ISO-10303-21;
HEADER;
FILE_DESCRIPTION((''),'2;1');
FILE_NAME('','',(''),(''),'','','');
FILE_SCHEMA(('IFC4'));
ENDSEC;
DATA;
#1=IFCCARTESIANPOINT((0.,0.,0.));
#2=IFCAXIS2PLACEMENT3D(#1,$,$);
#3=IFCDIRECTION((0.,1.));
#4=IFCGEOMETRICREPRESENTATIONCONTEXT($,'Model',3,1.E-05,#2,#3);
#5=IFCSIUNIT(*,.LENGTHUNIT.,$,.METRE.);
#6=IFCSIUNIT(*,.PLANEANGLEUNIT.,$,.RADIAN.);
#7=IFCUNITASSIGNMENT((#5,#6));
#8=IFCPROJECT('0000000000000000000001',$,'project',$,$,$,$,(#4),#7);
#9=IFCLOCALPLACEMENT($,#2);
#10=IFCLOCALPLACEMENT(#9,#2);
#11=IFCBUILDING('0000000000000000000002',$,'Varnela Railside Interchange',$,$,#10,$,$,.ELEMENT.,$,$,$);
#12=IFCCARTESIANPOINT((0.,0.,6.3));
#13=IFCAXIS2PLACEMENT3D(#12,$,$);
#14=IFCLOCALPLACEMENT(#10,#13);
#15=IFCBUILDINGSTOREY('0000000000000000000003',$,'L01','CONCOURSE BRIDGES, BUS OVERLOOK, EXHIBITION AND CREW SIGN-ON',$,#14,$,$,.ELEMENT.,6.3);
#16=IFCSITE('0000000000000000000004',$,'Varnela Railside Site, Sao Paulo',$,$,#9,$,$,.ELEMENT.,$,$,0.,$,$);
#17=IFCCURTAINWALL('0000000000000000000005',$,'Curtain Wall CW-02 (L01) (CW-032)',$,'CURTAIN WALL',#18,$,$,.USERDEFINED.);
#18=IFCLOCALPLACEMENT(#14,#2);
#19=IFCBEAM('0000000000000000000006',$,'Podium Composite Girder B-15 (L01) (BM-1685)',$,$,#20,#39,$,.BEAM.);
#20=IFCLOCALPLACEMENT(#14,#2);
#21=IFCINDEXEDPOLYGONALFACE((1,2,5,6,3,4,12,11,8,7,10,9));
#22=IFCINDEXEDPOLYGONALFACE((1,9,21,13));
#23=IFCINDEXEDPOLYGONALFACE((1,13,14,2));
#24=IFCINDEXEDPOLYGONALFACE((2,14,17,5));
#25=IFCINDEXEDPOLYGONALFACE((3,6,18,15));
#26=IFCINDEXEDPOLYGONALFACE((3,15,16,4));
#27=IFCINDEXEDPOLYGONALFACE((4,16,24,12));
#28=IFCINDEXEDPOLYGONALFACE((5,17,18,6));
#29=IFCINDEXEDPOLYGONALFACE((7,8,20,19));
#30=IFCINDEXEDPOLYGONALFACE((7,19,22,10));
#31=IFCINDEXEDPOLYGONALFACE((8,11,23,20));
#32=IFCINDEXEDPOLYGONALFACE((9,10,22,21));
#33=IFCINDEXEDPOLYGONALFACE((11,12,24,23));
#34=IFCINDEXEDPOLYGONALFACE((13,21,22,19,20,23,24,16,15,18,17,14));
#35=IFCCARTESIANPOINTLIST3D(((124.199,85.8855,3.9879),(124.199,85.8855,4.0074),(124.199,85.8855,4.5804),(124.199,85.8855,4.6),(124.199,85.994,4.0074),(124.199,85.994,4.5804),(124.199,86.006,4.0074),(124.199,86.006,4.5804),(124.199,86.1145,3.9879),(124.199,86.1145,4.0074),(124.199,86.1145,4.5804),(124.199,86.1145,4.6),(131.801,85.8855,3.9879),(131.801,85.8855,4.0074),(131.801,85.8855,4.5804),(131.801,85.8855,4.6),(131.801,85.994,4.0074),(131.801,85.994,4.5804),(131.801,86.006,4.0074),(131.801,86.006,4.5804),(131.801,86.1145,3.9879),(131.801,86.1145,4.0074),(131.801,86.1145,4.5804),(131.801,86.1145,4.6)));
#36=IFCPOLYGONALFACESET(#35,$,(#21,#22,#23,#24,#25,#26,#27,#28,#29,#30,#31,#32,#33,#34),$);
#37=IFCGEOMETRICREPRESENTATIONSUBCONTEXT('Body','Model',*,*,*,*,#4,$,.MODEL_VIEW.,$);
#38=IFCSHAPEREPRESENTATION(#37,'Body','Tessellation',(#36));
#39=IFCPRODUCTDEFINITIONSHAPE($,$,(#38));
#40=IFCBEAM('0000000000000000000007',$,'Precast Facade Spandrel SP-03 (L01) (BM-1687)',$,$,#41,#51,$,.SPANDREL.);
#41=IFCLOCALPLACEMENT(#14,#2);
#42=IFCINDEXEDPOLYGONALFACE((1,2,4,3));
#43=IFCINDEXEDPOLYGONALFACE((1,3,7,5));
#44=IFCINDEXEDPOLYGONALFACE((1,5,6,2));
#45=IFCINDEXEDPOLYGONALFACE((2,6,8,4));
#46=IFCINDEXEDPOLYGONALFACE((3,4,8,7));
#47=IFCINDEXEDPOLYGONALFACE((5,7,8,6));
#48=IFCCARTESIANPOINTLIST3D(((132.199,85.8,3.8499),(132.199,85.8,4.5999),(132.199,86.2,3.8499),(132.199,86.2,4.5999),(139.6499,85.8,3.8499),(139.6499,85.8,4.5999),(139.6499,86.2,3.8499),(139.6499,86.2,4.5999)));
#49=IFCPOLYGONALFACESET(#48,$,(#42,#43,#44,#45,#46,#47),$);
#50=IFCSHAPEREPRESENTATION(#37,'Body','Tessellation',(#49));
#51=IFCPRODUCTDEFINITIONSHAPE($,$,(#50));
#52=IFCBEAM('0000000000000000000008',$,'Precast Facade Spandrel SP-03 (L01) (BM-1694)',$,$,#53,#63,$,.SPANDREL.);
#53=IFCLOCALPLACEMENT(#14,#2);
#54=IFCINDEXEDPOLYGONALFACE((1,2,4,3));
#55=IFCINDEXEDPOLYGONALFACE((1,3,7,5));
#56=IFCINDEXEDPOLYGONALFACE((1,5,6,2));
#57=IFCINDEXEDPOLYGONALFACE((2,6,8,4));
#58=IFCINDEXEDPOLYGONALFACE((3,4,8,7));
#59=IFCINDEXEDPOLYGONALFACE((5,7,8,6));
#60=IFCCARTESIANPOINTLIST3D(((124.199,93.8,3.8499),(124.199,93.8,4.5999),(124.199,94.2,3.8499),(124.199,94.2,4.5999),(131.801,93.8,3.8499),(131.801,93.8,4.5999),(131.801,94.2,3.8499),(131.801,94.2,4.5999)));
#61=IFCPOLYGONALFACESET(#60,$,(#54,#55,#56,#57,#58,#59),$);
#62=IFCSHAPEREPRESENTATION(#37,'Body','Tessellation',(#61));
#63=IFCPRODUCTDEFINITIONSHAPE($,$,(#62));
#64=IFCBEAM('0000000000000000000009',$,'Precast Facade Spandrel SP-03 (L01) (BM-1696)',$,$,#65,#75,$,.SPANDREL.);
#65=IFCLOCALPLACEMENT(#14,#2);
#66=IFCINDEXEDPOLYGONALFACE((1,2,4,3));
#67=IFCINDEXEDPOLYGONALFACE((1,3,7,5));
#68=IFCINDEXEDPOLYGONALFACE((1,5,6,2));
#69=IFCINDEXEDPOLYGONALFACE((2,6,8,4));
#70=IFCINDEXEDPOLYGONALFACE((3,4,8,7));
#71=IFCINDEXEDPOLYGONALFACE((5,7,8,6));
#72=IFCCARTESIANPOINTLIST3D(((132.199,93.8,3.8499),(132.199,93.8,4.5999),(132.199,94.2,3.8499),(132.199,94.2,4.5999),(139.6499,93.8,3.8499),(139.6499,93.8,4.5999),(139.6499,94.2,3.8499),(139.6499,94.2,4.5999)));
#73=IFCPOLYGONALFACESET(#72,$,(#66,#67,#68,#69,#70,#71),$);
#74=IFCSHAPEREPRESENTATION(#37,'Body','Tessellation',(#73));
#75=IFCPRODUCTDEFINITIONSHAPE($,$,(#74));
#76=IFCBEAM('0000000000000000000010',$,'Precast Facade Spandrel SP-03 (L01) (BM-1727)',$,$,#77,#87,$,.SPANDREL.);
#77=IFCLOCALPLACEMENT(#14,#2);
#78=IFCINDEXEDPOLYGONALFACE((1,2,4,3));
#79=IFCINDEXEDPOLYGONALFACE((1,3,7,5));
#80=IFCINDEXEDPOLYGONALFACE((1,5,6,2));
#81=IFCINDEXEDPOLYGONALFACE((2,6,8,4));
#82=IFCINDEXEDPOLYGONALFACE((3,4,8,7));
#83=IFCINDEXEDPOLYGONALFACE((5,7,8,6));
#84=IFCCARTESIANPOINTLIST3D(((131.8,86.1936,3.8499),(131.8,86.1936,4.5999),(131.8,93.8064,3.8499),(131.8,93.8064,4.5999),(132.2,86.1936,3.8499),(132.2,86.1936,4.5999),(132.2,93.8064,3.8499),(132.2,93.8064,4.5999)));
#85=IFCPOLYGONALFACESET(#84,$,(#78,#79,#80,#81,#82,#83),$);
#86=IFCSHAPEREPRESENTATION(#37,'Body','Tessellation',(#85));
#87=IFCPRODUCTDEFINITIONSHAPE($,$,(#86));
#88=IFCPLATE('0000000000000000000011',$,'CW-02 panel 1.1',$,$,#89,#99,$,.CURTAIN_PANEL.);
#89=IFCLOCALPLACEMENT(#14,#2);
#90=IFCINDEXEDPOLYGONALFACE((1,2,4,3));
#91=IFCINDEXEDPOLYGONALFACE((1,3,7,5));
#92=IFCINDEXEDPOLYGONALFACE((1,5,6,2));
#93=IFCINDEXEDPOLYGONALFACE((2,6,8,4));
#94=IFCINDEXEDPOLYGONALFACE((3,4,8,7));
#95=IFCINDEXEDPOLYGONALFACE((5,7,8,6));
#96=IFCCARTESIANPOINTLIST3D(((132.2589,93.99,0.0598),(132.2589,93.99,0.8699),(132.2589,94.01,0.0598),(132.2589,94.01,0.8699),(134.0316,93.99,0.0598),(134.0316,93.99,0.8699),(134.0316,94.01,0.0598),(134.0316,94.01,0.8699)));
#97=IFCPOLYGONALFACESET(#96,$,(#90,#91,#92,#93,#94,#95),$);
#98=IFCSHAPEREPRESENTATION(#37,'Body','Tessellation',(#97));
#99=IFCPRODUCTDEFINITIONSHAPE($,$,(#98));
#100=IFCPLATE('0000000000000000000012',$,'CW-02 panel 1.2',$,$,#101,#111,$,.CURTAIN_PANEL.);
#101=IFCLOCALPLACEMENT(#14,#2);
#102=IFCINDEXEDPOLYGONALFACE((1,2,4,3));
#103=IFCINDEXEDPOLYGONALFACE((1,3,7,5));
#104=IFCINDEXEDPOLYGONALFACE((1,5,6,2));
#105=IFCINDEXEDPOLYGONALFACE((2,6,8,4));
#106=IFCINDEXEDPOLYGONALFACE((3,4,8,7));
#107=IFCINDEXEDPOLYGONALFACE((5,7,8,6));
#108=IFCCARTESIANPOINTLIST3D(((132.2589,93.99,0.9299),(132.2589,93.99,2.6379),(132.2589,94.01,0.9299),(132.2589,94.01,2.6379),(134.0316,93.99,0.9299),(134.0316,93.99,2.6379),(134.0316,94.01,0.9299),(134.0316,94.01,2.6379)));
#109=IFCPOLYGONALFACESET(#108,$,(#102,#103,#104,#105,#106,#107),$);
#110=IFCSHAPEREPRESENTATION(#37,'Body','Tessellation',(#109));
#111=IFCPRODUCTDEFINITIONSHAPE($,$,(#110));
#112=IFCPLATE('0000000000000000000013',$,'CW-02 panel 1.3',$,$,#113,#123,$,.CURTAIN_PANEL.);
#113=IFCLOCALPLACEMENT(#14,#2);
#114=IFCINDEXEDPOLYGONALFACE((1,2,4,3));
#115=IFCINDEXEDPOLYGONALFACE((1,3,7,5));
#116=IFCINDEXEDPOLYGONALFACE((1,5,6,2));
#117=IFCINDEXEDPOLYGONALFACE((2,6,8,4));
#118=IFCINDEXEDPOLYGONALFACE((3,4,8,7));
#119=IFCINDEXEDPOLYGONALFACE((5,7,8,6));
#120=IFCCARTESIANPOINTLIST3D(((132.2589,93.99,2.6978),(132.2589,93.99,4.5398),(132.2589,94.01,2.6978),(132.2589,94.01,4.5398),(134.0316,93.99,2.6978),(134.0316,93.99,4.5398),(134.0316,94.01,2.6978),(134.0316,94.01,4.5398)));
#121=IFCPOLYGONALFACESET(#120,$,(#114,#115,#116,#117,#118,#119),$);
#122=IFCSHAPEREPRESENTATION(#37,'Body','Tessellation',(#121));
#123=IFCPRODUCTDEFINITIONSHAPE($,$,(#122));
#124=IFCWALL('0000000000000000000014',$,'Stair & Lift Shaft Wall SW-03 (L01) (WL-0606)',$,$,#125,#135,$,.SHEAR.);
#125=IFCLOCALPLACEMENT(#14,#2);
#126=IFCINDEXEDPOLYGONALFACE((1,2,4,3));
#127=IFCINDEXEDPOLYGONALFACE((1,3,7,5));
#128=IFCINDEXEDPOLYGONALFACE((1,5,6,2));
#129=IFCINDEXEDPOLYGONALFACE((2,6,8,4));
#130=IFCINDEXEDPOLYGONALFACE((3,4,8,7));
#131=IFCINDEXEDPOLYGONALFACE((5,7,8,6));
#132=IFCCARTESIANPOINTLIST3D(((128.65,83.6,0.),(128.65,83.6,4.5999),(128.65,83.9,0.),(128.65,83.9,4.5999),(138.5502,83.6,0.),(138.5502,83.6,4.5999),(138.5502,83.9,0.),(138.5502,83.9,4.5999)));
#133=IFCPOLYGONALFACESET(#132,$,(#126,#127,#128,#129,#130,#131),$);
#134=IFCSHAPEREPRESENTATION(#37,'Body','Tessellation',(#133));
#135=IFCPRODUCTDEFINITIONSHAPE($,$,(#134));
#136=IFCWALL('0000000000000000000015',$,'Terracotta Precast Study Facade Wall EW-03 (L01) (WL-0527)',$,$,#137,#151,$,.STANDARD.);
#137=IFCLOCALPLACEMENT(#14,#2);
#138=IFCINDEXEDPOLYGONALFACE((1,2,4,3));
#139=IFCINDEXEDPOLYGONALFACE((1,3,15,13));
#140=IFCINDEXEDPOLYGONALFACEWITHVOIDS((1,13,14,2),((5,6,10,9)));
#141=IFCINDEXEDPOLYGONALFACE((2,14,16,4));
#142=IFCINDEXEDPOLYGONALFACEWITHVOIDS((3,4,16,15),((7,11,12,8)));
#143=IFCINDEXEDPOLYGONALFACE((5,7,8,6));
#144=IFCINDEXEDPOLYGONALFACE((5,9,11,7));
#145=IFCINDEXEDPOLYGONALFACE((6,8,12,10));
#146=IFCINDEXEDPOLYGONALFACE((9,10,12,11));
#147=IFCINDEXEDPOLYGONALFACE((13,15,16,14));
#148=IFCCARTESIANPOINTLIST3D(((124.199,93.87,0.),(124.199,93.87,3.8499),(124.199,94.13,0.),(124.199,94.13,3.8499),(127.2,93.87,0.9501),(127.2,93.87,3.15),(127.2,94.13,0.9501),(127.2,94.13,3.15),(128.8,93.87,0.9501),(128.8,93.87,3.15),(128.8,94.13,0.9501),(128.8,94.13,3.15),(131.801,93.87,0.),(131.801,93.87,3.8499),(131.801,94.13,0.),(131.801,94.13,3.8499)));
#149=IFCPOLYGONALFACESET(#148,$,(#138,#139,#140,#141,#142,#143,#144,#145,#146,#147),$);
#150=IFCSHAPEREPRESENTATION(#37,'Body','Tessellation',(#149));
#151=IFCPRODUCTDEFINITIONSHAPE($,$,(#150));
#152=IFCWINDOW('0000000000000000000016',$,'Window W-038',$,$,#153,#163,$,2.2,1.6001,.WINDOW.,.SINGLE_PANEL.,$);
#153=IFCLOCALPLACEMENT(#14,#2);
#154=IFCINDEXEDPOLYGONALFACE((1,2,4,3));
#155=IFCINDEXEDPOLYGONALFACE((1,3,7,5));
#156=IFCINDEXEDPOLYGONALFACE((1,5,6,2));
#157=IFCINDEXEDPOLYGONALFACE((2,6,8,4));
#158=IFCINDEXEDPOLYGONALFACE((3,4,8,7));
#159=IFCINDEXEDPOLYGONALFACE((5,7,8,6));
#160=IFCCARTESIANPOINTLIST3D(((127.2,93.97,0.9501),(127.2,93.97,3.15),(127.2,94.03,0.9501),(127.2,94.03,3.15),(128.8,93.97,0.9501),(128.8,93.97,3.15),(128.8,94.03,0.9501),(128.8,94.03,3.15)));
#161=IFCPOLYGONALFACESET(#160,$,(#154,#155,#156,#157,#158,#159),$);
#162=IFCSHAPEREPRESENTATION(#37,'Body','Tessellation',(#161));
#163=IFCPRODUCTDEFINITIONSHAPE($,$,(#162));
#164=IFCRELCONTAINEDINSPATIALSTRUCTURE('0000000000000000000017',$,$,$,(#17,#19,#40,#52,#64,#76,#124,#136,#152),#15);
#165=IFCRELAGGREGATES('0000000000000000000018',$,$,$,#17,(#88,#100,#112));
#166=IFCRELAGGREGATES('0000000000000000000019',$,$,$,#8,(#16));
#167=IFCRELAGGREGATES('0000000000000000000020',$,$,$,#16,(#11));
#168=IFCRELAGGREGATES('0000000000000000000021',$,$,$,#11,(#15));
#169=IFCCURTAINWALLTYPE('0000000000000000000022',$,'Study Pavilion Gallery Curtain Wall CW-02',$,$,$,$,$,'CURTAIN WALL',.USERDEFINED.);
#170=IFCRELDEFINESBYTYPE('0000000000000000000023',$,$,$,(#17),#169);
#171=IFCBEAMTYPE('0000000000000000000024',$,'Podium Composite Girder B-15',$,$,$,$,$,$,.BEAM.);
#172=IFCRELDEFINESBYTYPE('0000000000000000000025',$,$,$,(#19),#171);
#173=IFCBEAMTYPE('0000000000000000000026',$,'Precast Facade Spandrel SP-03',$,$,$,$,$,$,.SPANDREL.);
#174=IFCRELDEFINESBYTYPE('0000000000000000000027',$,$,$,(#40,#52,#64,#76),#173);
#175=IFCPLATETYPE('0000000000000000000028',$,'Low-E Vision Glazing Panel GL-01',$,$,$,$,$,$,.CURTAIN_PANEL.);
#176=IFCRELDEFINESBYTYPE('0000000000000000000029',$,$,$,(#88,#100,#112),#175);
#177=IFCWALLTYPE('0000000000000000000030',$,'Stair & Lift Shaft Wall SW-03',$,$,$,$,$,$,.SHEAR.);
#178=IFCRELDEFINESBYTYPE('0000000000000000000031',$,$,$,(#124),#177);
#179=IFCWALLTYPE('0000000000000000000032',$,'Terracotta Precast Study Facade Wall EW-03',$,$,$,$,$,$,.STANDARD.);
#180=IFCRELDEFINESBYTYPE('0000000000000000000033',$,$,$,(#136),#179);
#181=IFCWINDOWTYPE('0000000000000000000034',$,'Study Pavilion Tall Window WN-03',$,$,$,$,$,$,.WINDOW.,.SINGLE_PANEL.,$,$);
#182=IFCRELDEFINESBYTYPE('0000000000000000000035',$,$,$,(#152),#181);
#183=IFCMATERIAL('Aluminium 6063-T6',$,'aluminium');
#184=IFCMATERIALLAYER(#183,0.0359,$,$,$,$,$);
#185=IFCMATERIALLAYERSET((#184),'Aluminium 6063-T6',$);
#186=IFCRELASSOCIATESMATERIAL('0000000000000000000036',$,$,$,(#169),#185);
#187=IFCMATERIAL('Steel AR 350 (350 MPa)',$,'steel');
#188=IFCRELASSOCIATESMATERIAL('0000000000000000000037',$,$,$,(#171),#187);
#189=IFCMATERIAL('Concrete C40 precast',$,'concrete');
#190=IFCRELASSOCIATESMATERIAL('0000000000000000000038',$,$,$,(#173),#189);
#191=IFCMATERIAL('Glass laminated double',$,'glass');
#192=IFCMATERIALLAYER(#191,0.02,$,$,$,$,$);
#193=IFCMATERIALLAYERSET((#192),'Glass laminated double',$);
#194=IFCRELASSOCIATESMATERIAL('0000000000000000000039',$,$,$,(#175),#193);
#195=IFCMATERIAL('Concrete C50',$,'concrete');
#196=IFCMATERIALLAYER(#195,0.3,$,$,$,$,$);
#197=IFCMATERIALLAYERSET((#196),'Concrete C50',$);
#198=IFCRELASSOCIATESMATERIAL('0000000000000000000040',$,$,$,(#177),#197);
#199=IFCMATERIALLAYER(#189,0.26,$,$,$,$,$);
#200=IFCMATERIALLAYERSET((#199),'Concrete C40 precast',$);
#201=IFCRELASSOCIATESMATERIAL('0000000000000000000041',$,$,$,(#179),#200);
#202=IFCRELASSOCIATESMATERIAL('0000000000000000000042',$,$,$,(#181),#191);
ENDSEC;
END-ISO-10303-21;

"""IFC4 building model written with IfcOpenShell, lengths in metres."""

from ifc_helpers import new_model, si_unit, direction, frame, frame_2d, origin, origin_2d, place, context, subcontext, project, spatial, rectangle, i_section, extrude, material, layer, layer_set, material_profile, profile_set, type_object, element, fill, aggregate, save


model = new_model("IFC4")

# Units and contexts
model_context = context("Model", 3, precision=1e-05, world=origin(), true_north=direction((0.0, 1.0)))
body_context = subcontext(model_context, "Body", "Model", "MODEL_VIEW")
ifc_project = project(units=[si_unit("LENGTHUNIT", "METRE"), si_unit("PLANEANGLEUNIT", "RADIAN")], contexts=[model_context])

# Site, building, storey
site_placement = place(None, origin())
site = spatial("IfcSite", under=ifc_project, at=site_placement, Name="Varnela Railside Site, Sao Paulo", CompositionType="ELEMENT", RefElevation=0.0)
building_placement = place(site_placement, origin())
building = spatial("IfcBuilding", under=site, at=building_placement, Name="Varnela Railside Interchange", CompositionType="ELEMENT")
storey_placement = place(building_placement, frame((0.0, 0.0, 6.3)))
storey = spatial("IfcBuildingStorey", under=building, at=storey_placement, Name="L01", Description="CONCOURSE BRIDGES, BUS OVERLOOK, EXHIBITION AND CREW SIGN-ON", CompositionType="ELEMENT", Elevation=6.3)

# Shared definitions
ifc_material_1 = material(Name="Steel AR 350 (350 MPa)", Category="steel")

# Curtain wall
ifc_material_2 = material(Name="Aluminium 6063-T6", Category="aluminium")
ifc_layer_1 = layer(ifc_material_2, 0.0359)
ifc_layer_set_1 = layer_set([ifc_layer_1], Name="Aluminium 6063-T6")
curtain_wall_type = type_object("IfcCurtainWallType", Name="Study Pavilion Gallery Curtain Wall CW-02", ElementType="CURTAIN WALL", PredefinedType="USERDEFINED", material=ifc_layer_set_1)
curtain_wall_placement = place(storey_placement, origin())
curtain_wall = element("IfcCurtainWall", 1, at=curtain_wall_placement, inside=storey, type_object=curtain_wall_type, Name="Curtain Wall CW-02 (L01) (CW-032)", ObjectType="CURTAIN WALL", PredefinedType="USERDEFINED")

# Beams
ifc_material_profile_1 = material_profile(ifc_material_1, i_section(OverallWidth=0.229, OverallDepth=0.6121, WebThickness=0.012, FlangeThickness=0.0195, at=origin_2d()), Name="W610x125")
ifc_profile_set_1 = profile_set([ifc_material_profile_1], Name="Steel AR 350 (350 MPa)")
beam_type_1 = type_object("IfcBeamType", Name="Podium Composite Girder B-15", PredefinedType="BEAM", material=ifc_profile_set_1)
beam_1_placement = place(storey_placement, frame((124.199, 86.0, 4.2939), z_axis=(1.0, 0.0, 0.0), x_axis=(0.0, 1.0, 0.0)))
element("IfcBeam", 2, at=beam_1_placement, inside=storey, type_object=beam_type_1, Name="Podium Composite Girder B-15 (L01) (BM-1685)", PredefinedType="BEAM", context=body_context, shape_type="SweptSolid", body=[
    extrude(i_section(OverallWidth=0.229, OverallDepth=0.6121, WebThickness=0.012, FlangeThickness=0.0195, at=origin_2d()), origin(), (0.0, 0.0, 1.0), 7.6021),
])
ifc_material_3 = material(Name="Concrete C40 precast", Category="concrete")
ifc_material_profile_2 = material_profile(ifc_material_3, rectangle(XDim=0.3999, YDim=0.75, at=origin_2d()), Name="PC 400x750")
ifc_profile_set_2 = profile_set([ifc_material_profile_2], Name="Concrete C40 precast")
beam_type_2 = type_object("IfcBeamType", Name="Precast Facade Spandrel SP-03", PredefinedType="SPANDREL", material=ifc_profile_set_2)
beam_2_placement = place(storey_placement, frame((132.199, 86.0, 4.2249), z_axis=(1.0, 0.0, 0.0), x_axis=(0.0, 1.0, 0.0)))
element("IfcBeam", 3, at=beam_2_placement, inside=storey, type_object=beam_type_2, Name="Precast Facade Spandrel SP-03 (L01) (BM-1687)", PredefinedType="SPANDREL", context=body_context, shape_type="SweptSolid", body=[
    extrude(rectangle(XDim=0.3999, YDim=0.75, at=origin_2d()), origin(), (0.0, 0.0, 1.0), 7.4509),
])
beam_3_placement = place(storey_placement, frame((124.199, 94.0, 4.2249), z_axis=(1.0, 0.0, 0.0), x_axis=(0.0, 1.0, 0.0)))
element("IfcBeam", 4, at=beam_3_placement, inside=storey, type_object=beam_type_2, Name="Precast Facade Spandrel SP-03 (L01) (BM-1694)", PredefinedType="SPANDREL", context=body_context, shape_type="SweptSolid", body=[
    extrude(rectangle(XDim=0.3999, YDim=0.75, at=origin_2d()), origin(), (0.0, 0.0, 1.0), 7.6021),
])
beam_4_placement = place(storey_placement, frame((132.199, 94.0, 4.2249), z_axis=(1.0, 0.0, 0.0), x_axis=(0.0, 1.0, 0.0)))
element("IfcBeam", 5, at=beam_4_placement, inside=storey, type_object=beam_type_2, Name="Precast Facade Spandrel SP-03 (L01) (BM-1696)", PredefinedType="SPANDREL", context=body_context, shape_type="SweptSolid", body=[
    extrude(rectangle(XDim=0.3999, YDim=0.75, at=origin_2d()), origin(), (0.0, 0.0, 1.0), 7.4509),
])
beam_5_placement = place(storey_placement, frame((132.0, 86.1936, 4.2249), z_axis=(0.0, 1.0, 0.0), x_axis=(-1.0, 0.0, 0.0)))
element("IfcBeam", 6, at=beam_5_placement, inside=storey, type_object=beam_type_2, Name="Precast Facade Spandrel SP-03 (L01) (BM-1727)", PredefinedType="SPANDREL", context=body_context, shape_type="SweptSolid", body=[
    extrude(rectangle(XDim=0.3999, YDim=0.75, at=origin_2d()), origin(), (0.0, 0.0, 1.0), 7.6128),
])

# Plates
ifc_material_4 = material(Name="Glass laminated double", Category="glass")
ifc_layer_2 = layer(ifc_material_4, 0.02)
ifc_layer_set_2 = layer_set([ifc_layer_2], Name="Glass laminated double")
plate_type = type_object("IfcPlateType", Name="Low-E Vision Glazing Panel GL-01", PredefinedType="CURTAIN_PANEL", material=ifc_layer_set_2)
plate_1_placement = place(storey_placement, frame((133.1453, 94.0, 0.0598), z_axis=(0.0, 0.0, 1.0), x_axis=(1.0, 0.0, 0.0)))
plate_1 = element("IfcPlate", 7, at=plate_1_placement, type_object=plate_type, Name="CW-02 panel 1.1", PredefinedType="CURTAIN_PANEL", context=body_context, shape_type="SweptSolid", body=[
    extrude(rectangle(XDim=1.7727, YDim=0.02, at=origin_2d()), origin(), (0.0, 0.0, 1.0), 0.8101),
])
plate_2_placement = place(storey_placement, frame((133.1453, 94.0, 0.9299), z_axis=(0.0, 0.0, 1.0), x_axis=(1.0, 0.0, 0.0)))
plate_2 = element("IfcPlate", 8, at=plate_2_placement, type_object=plate_type, Name="CW-02 panel 1.2", PredefinedType="CURTAIN_PANEL", context=body_context, shape_type="SweptSolid", body=[
    extrude(rectangle(XDim=1.7727, YDim=0.02, at=origin_2d()), origin(), (0.0, 0.0, 1.0), 1.708),
])
plate_3_placement = place(storey_placement, frame((133.1453, 94.0, 2.6978), z_axis=(0.0, 0.0, 1.0), x_axis=(1.0, 0.0, 0.0)))
plate_3 = element("IfcPlate", 9, at=plate_3_placement, type_object=plate_type, Name="CW-02 panel 1.3", PredefinedType="CURTAIN_PANEL", context=body_context, shape_type="SweptSolid", body=[
    extrude(rectangle(XDim=1.7727, YDim=0.02, at=origin_2d()), origin(), (0.0, 0.0, 1.0), 1.842),
])
aggregate(curtain_wall, [plate_1, plate_2, plate_3])

# Wall
ifc_material_5 = material(Name="Concrete C50", Category="concrete")
ifc_layer_3 = layer(ifc_material_5, 0.3)
ifc_layer_set_3 = layer_set([ifc_layer_3], Name="Concrete C50")
wall_type_1 = type_object("IfcWallType", Name="Stair & Lift Shaft Wall SW-03", PredefinedType="SHEAR", material=ifc_layer_set_3)
wall_1_placement = place(storey_placement, frame((128.6499, 83.75, 0.0), z_axis=(0.0, 0.0, 1.0), x_axis=(1.0, 0.0, 0.0)))
element("IfcWall", 10, at=wall_1_placement, inside=storey, type_object=wall_type_1, Name="Stair & Lift Shaft Wall SW-03 (L01) (WL-0606)", PredefinedType="SHEAR", context=body_context, shape_type="SweptSolid", body=[
    extrude(rectangle(XDim=9.9001, YDim=0.3, at=frame_2d((4.9502, 0.0))), origin(), (0.0, 0.0, 1.0), 4.5999),
])

# Wall, opening, window
ifc_layer_4 = layer(ifc_material_3, 0.26)
ifc_layer_set_4 = layer_set([ifc_layer_4], Name="Concrete C40 precast")
wall_type_2 = type_object("IfcWallType", Name="Terracotta Precast Study Facade Wall EW-03", PredefinedType="STANDARD", material=ifc_layer_set_4)
wall_2_placement = place(storey_placement, frame((124.199, 94.0, 0.0), z_axis=(0.0, 0.0, 1.0), x_axis=(1.0, 0.0, 0.0)))
wall_2 = element("IfcWall", 11, at=wall_2_placement, inside=storey, type_object=wall_type_2, Name="Terracotta Precast Study Facade Wall EW-03 (L01) (WL-0527)", PredefinedType="STANDARD", context=body_context, shape_type="SweptSolid", body=[
    extrude(rectangle(XDim=7.6021, YDim=0.26, at=frame_2d((3.801, 0.0))), origin(), (0.0, 0.0, 1.0), 3.8499),
])
opening_placement = place(wall_2_placement, frame((3.001, 0.0, 0.95)))
opening = element("IfcOpeningElement", 12, at=opening_placement, cuts=wall_2, PredefinedType="OPENING", context=body_context, shape_type="SweptSolid", body=[
    extrude(rectangle(XDim=1.6001, YDim=2.2, at=frame_2d((0.8, 1.1001))), frame((0.0, 0.1399, 0.0), z_axis=(0.0, -1.0, 0.0), x_axis=(1.0, 0.0, 0.0)), (0.0, 0.0, 1.0), 0.28),
])
window_type = type_object("IfcWindowType", Name="Study Pavilion Tall Window WN-03", PartitioningType="SINGLE_PANEL", PredefinedType="WINDOW", material=ifc_material_4)
window_placement = place(opening_placement, origin())
window = element("IfcWindow", 13, at=window_placement, inside=storey, type_object=window_type, Name="Window W-038", OverallHeight=2.2, OverallWidth=1.6001, PartitioningType="SINGLE_PANEL", PredefinedType="WINDOW", context=body_context, shape_type="SweptSolid", body=[
    extrude(rectangle(XDim=1.6001, YDim=2.2, at=frame_2d((0.8, 1.1001))), frame((0.0, 0.03, 0.0), z_axis=(0.0, -1.0, 0.0), x_axis=(1.0, 0.0, 0.0)), (0.0, 0.0, 1.0), 0.0601),
])
fill(opening, window)

save(model, "model.ifc")
